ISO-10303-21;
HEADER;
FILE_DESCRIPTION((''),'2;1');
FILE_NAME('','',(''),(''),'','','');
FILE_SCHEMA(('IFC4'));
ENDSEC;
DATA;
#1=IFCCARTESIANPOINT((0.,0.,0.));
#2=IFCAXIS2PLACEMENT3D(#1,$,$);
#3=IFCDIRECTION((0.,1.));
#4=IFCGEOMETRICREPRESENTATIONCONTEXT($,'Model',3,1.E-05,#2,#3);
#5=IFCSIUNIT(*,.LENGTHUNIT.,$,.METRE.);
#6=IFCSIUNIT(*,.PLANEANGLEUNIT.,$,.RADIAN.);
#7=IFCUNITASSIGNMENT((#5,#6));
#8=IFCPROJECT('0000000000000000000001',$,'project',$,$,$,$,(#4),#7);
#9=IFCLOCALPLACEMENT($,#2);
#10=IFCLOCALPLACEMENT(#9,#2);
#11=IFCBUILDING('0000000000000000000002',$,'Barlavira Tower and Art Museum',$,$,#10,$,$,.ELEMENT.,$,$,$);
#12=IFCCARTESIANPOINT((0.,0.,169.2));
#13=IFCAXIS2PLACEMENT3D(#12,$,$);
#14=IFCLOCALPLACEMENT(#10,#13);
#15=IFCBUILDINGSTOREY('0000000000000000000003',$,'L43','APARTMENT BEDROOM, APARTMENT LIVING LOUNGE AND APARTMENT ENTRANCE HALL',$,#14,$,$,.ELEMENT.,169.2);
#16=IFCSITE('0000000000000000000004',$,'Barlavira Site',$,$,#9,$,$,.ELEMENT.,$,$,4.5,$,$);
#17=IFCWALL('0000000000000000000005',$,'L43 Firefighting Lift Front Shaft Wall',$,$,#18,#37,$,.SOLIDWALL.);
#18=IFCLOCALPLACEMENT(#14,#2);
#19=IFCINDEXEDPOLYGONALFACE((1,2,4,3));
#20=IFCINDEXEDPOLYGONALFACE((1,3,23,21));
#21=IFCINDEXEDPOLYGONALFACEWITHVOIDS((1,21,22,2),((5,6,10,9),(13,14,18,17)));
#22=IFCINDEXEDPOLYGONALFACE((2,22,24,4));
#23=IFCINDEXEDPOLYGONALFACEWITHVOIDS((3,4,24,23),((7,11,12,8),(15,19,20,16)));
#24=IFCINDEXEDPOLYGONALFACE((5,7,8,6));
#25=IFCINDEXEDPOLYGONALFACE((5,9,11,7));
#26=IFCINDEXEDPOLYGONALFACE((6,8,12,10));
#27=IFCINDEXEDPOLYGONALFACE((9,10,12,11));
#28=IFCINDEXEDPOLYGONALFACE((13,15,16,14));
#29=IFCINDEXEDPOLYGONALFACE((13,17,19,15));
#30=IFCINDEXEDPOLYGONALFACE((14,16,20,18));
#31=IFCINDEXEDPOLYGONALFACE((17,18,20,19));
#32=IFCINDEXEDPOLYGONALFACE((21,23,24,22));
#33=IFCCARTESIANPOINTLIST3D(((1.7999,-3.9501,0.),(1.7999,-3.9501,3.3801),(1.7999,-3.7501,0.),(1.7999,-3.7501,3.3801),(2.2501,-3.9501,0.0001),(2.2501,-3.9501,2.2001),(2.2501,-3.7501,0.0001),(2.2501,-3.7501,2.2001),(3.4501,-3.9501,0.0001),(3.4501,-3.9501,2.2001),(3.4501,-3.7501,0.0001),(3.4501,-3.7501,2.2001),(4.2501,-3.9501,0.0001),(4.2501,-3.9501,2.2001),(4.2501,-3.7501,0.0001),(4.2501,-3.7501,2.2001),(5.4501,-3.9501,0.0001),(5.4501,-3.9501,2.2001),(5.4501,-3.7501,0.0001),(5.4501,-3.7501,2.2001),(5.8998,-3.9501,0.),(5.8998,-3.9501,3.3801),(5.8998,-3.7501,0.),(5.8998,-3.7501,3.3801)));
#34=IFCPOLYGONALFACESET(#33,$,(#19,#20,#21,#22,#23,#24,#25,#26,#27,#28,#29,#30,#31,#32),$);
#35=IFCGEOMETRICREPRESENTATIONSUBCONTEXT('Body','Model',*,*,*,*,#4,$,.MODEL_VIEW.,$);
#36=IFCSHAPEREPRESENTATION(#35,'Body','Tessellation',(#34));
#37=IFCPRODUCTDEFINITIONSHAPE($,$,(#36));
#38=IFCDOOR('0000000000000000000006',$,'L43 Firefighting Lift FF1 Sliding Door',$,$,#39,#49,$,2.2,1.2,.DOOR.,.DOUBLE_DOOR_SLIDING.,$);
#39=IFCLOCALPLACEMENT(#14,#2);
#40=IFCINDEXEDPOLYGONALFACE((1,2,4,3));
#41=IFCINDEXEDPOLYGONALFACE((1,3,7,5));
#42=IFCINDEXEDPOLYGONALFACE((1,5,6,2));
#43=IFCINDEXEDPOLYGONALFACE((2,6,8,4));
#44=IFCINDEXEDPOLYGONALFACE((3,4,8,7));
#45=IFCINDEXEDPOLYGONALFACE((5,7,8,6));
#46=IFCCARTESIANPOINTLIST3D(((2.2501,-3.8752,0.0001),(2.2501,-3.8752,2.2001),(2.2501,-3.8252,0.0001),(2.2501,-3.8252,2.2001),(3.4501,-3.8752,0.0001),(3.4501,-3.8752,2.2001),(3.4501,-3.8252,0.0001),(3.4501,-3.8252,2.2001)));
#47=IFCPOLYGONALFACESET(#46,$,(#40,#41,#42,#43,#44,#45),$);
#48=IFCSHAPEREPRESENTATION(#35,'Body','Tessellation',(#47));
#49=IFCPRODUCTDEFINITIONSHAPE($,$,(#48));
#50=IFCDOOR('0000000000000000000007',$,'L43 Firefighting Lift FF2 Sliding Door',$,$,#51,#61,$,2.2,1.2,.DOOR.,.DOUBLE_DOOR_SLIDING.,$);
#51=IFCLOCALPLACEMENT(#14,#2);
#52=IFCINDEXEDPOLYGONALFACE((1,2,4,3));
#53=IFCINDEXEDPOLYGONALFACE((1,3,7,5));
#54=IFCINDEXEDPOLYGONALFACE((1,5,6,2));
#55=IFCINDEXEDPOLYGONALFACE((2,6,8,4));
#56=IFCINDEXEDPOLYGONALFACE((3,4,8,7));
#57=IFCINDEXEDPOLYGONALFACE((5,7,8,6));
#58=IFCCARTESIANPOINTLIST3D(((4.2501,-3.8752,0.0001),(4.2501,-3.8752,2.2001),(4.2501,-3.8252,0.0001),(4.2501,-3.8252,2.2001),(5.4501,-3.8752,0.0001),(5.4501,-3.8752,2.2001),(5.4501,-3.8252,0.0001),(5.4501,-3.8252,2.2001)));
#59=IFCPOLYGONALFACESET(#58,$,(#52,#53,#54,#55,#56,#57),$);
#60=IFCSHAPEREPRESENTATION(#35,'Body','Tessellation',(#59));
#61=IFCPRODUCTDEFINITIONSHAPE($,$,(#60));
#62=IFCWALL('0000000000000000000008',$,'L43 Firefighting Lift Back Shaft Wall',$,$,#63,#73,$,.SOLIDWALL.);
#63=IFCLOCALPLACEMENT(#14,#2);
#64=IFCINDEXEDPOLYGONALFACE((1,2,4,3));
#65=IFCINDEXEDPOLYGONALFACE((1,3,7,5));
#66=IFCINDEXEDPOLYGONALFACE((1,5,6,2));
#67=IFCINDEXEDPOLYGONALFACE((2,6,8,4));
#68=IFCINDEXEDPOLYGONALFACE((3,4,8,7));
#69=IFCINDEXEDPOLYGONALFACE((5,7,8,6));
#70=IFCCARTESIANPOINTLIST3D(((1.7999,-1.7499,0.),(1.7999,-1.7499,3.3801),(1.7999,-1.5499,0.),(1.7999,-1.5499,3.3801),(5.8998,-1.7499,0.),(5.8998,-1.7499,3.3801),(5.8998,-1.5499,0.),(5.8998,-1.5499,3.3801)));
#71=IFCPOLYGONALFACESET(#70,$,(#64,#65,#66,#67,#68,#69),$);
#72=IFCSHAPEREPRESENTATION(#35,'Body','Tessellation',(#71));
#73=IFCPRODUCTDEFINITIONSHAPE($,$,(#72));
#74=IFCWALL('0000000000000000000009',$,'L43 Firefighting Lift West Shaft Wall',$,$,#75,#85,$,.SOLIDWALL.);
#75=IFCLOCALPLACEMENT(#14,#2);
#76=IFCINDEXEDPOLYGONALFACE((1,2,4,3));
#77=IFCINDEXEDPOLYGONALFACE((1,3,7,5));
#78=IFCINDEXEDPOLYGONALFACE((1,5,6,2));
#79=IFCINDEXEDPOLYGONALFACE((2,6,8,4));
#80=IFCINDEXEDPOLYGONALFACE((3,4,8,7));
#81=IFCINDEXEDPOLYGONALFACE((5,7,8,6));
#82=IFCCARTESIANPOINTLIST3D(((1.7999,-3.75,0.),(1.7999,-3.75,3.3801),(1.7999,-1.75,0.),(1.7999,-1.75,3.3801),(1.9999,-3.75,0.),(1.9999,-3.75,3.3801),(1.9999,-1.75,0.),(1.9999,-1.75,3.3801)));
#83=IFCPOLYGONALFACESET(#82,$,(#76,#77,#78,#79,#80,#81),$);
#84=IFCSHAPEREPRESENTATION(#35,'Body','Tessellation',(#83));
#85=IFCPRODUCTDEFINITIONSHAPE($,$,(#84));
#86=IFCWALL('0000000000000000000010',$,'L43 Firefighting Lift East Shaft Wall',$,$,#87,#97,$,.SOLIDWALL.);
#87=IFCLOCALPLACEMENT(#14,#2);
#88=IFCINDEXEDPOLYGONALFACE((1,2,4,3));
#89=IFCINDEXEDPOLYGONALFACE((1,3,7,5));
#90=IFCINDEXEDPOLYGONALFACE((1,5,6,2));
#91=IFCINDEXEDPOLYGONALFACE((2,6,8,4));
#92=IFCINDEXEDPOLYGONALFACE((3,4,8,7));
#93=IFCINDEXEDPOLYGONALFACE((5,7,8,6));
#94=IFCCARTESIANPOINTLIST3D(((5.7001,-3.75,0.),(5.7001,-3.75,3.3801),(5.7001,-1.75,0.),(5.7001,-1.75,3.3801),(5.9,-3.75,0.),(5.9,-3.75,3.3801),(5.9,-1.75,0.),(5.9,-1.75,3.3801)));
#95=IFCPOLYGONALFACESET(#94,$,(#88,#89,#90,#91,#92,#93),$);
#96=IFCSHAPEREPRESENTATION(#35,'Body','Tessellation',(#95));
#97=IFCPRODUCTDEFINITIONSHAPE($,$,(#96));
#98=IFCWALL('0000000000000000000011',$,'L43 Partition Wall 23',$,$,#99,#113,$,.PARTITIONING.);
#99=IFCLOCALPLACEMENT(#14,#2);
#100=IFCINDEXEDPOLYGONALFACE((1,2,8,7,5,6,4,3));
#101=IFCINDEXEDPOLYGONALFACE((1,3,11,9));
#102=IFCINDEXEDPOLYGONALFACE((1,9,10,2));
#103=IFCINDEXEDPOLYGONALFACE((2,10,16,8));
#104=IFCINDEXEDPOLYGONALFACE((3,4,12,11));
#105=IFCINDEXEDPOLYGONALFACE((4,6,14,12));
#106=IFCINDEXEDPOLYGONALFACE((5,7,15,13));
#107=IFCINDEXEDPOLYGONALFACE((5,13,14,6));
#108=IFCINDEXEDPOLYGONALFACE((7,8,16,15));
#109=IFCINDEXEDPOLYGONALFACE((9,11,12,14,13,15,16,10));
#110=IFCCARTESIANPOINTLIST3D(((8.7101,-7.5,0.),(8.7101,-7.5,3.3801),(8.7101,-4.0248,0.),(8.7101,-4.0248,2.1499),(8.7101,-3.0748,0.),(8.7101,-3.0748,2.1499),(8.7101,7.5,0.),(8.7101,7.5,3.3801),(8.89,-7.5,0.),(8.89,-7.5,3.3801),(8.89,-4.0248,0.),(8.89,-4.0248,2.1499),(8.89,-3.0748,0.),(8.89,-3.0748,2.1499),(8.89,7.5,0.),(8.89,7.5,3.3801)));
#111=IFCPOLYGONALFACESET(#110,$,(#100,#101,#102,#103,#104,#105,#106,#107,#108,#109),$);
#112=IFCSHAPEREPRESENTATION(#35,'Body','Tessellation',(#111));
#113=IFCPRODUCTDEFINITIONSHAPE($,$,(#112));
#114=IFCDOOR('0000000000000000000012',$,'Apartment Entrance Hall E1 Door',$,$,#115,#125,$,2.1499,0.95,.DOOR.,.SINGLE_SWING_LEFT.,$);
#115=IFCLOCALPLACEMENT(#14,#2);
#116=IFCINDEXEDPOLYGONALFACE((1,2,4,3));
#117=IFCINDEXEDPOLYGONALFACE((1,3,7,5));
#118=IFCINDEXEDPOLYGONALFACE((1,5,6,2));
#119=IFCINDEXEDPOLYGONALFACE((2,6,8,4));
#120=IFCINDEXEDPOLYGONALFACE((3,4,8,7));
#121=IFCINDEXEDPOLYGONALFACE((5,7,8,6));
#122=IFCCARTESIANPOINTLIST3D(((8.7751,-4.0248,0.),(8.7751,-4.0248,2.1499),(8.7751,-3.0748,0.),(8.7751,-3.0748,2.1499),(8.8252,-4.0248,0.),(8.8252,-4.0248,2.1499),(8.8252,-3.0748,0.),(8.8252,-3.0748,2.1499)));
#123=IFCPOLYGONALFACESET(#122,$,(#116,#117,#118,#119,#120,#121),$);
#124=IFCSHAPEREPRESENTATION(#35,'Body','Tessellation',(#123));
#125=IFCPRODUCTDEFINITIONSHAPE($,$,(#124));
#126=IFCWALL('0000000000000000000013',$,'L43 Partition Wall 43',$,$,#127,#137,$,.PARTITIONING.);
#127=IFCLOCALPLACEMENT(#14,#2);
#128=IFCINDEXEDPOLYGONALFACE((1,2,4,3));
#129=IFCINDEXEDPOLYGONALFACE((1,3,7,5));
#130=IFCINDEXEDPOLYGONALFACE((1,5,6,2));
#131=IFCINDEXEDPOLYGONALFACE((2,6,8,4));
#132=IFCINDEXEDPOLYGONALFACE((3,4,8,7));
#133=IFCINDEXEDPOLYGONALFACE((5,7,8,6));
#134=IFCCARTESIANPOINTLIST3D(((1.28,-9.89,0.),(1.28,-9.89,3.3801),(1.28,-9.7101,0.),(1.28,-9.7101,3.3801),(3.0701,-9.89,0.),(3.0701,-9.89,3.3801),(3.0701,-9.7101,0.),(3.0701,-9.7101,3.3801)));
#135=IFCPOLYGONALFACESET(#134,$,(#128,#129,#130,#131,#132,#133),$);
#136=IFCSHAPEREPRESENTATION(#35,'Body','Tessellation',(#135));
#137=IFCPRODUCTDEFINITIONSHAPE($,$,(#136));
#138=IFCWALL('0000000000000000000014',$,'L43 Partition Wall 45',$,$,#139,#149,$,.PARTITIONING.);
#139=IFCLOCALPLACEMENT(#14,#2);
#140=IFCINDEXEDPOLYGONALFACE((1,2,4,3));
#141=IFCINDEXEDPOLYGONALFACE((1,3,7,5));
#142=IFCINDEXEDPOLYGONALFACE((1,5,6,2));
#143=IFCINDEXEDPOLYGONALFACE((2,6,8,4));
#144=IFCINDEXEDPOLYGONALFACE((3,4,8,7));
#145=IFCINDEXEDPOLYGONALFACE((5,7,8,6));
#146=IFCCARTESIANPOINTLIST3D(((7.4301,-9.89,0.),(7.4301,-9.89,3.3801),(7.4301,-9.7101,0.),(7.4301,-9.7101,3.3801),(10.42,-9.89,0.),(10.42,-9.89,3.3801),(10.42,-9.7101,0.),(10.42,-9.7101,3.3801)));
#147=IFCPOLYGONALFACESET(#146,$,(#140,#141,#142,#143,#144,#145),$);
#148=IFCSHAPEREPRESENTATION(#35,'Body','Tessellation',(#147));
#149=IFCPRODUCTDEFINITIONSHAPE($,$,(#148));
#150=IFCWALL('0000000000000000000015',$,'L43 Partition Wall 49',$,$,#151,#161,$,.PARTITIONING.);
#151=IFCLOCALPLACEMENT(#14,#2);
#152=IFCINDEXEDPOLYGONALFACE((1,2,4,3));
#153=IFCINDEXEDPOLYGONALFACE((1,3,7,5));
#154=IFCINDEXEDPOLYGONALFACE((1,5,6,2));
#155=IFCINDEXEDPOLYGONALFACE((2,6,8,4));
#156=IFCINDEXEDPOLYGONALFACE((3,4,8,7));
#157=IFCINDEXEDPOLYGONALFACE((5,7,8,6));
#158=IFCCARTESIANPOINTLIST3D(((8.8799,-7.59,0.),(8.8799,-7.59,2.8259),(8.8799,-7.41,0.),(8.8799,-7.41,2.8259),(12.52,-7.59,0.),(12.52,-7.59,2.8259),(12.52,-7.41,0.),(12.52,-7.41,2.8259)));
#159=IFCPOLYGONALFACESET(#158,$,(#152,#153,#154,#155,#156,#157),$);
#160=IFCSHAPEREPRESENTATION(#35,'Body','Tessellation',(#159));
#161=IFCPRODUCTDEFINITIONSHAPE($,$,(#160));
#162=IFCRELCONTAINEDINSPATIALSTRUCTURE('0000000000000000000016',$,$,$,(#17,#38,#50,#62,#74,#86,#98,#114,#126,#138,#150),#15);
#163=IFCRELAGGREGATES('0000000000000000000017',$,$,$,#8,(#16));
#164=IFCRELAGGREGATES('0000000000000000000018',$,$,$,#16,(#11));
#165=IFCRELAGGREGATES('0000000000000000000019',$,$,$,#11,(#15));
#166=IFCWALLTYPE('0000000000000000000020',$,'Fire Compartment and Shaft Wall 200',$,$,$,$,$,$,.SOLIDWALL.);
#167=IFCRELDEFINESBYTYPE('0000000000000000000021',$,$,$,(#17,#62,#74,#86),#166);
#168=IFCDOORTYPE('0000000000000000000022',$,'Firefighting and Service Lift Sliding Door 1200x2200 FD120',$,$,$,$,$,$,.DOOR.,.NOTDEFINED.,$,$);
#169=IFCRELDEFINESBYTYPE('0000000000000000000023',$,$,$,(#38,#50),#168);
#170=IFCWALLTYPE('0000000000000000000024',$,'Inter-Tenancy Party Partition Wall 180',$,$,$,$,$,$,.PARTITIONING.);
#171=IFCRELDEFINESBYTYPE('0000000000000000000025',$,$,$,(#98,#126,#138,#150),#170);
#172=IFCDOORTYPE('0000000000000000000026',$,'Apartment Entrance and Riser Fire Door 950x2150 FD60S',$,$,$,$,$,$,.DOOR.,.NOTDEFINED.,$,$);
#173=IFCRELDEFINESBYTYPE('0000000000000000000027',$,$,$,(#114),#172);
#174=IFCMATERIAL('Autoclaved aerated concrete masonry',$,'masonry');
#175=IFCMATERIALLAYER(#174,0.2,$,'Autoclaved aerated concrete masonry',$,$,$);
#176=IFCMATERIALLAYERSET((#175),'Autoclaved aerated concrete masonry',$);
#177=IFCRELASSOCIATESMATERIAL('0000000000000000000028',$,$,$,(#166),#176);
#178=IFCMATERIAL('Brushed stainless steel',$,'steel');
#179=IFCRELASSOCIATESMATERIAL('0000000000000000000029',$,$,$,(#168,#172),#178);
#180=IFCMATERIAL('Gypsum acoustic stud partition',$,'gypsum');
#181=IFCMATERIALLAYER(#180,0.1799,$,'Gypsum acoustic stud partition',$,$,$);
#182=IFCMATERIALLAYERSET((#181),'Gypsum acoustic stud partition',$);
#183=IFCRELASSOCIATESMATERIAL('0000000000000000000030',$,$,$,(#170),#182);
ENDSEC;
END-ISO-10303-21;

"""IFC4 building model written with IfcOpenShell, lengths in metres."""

from ifc_helpers import new_model, si_unit, direction, frame, frame_2d, origin, place, context, subcontext, project, spatial, rectangle, extrude, material, layer, layer_set, type_object, element, fill, save


model = new_model("IFC4")

# Units and contexts
model_context = context("Model", 3, precision=1e-05, world=origin(), true_north=direction((0.0, 1.0)))
body_context = subcontext(model_context, "Body", "Model", "MODEL_VIEW")
ifc_project = project(units=[si_unit("LENGTHUNIT", "METRE"), si_unit("PLANEANGLEUNIT", "RADIAN")], contexts=[model_context])

# Site, building, storey
site_placement = place(None, origin())
site = spatial("IfcSite", under=ifc_project, at=site_placement, Name="Barlavira Site", CompositionType="ELEMENT", RefElevation=4.5)
building_placement = place(site_placement, origin())
building = spatial("IfcBuilding", under=site, at=building_placement, Name="Barlavira Tower and Art Museum", CompositionType="ELEMENT")
storey_placement = place(building_placement, frame((0.0, 0.0, 169.2)))
storey = spatial("IfcBuildingStorey", under=building, at=storey_placement, Name="L43", Description="APARTMENT BEDROOM, APARTMENT LIVING LOUNGE AND APARTMENT ENTRANCE HALL", CompositionType="ELEMENT", Elevation=169.2)

# Shared definitions
ifc_material_1 = material(Name="Gypsum acoustic stud partition", Category="gypsum")

# Shared definitions
ifc_material_2 = material(Name="Brushed stainless steel", Category="steel")

# Wall, openings, doors
ifc_material_3 = material(Name="Autoclaved aerated concrete masonry", Category="masonry")
ifc_layer_1 = layer(ifc_material_3, 0.2, Name="Autoclaved aerated concrete masonry")
ifc_layer_set_1 = layer_set([ifc_layer_1], Name="Autoclaved aerated concrete masonry")
wall_type_1 = type_object("IfcWallType", Name="Fire Compartment and Shaft Wall 200", PredefinedType="SOLIDWALL", material=ifc_layer_set_1)
wall_1_placement = place(storey_placement, frame((1.8, -3.8501, 0.0), z_axis=(0.0, 0.0, 1.0), x_axis=(1.0, 0.0, 0.0)))
wall_1 = element("IfcWall", 1, at=wall_1_placement, inside=storey, type_object=wall_type_1, Name="L43 Firefighting Lift Front Shaft Wall", PredefinedType="SOLIDWALL", context=body_context, shape_type="SweptSolid", body=[
    extrude(rectangle(XDim=4.0999, YDim=0.2, at=frame_2d((2.0498, 0.0))), origin(), (0.0, 0.0, 1.0), 3.3801),
])
opening_1_placement = place(wall_1_placement, frame((0.45, 0.0, 0.0)))
opening_1 = element("IfcOpeningElement", 2, at=opening_1_placement, cuts=wall_1, PredefinedType="OPENING", context=body_context, shape_type="SweptSolid", body=[
    extrude(rectangle(XDim=1.2, YDim=2.2, at=frame_2d((0.6001, 1.1001))), frame((0.0, 0.1099, 0.0), z_axis=(0.0, -1.0, 0.0), x_axis=(1.0, 0.0, 0.0)), (0.0, 0.0, 1.0), 0.22),
])
opening_2_placement = place(wall_1_placement, frame((2.45, 0.0, 0.0)))
opening_2 = element("IfcOpeningElement", 3, at=opening_2_placement, cuts=wall_1, PredefinedType="OPENING", context=body_context, shape_type="SweptSolid", body=[
    extrude(rectangle(XDim=1.2, YDim=2.2, at=frame_2d((0.6001, 1.1001))), frame((0.0, 0.1099, 0.0), z_axis=(0.0, -1.0, 0.0), x_axis=(1.0, 0.0, 0.0)), (0.0, 0.0, 1.0), 0.22),
])
door_type_1 = type_object("IfcDoorType", Name="Firefighting and Service Lift Sliding Door 1200x2200 FD120", OperationType="NOTDEFINED", PredefinedType="DOOR", material=ifc_material_2)
door_1_placement = place(opening_1_placement, origin())
door_1 = element("IfcDoor", 4, at=door_1_placement, inside=storey, type_object=door_type_1, Name="L43 Firefighting Lift FF1 Sliding Door", OperationType="DOUBLE_DOOR_SLIDING", OverallHeight=2.2, OverallWidth=1.2, PredefinedType="DOOR", context=body_context, shape_type="SweptSolid", body=[
    extrude(rectangle(XDim=1.2, YDim=2.2, at=frame_2d((0.6001, 1.1001))), frame((0.0, 0.0249, 0.0), z_axis=(0.0, -1.0, 0.0), x_axis=(1.0, 0.0, 0.0)), (0.0, 0.0, 1.0), 0.05),
])
fill(opening_1, door_1)
door_2_placement = place(opening_2_placement, origin())
door_2 = element("IfcDoor", 5, at=door_2_placement, inside=storey, type_object=door_type_1, Name="L43 Firefighting Lift FF2 Sliding Door", OperationType="DOUBLE_DOOR_SLIDING", OverallHeight=2.2, OverallWidth=1.2, PredefinedType="DOOR", context=body_context, shape_type="SweptSolid", body=[
    extrude(rectangle(XDim=1.2, YDim=2.2, at=frame_2d((0.6001, 1.1001))), frame((0.0, 0.0249, 0.0), z_axis=(0.0, -1.0, 0.0), x_axis=(1.0, 0.0, 0.0)), (0.0, 0.0, 1.0), 0.05),
])
fill(opening_2, door_2)

# Walls
wall_2_placement = place(storey_placement, frame((1.8, -1.6499, 0.0), z_axis=(0.0, 0.0, 1.0), x_axis=(1.0, 0.0, 0.0)))
element("IfcWall", 6, at=wall_2_placement, inside=storey, type_object=wall_type_1, Name="L43 Firefighting Lift Back Shaft Wall", PredefinedType="SOLIDWALL", context=body_context, shape_type="SweptSolid", body=[
    extrude(rectangle(XDim=4.0999, YDim=0.2, at=frame_2d((2.0498, 0.0))), origin(), (0.0, 0.0, 1.0), 3.3801),
])
for number, where, z_axis, x_axis, name in (
    (7, (1.8999, -3.75, 0.0), (0.0, 0.0, 1.0), (0.0, 1.0, 0.0), "L43 Firefighting Lift West Shaft Wall"),
    (8, (5.8, -3.75, 0.0), (0.0, 0.0, 1.0), (0.0, 1.0, 0.0), "L43 Firefighting Lift East Shaft Wall"),
):
    element("IfcWall", number, at=place(storey_placement, frame(where, z_axis=z_axis, x_axis=x_axis)), inside=storey, type_object=wall_type_1, Name=name, PredefinedType="SOLIDWALL", context=body_context, shape_type="SweptSolid", body=[
        extrude(rectangle(XDim=2.0, YDim=0.2, at=frame_2d((1.0, 0.0))), origin(), (0.0, 0.0, 1.0), 3.3801),
    ])

# Wall, opening, door
ifc_layer_2 = layer(ifc_material_1, 0.1799, Name="Gypsum acoustic stud partition")
ifc_layer_set_2 = layer_set([ifc_layer_2], Name="Gypsum acoustic stud partition")
wall_type_2 = type_object("IfcWallType", Name="Inter-Tenancy Party Partition Wall 180", PredefinedType="PARTITIONING", material=ifc_layer_set_2)
wall_3_placement = place(storey_placement, frame((8.8, -7.5, 0.0), z_axis=(0.0, 0.0, 1.0), x_axis=(0.0, 1.0, 0.0)))
wall_3 = element("IfcWall", 9, at=wall_3_placement, inside=storey, type_object=wall_type_2, Name="L43 Partition Wall 23", PredefinedType="PARTITIONING", context=body_context, shape_type="SweptSolid", body=[
    extrude(rectangle(XDim=15.0, YDim=0.1799, at=frame_2d((7.5, 0.0))), origin(), (0.0, 0.0, 1.0), 3.3801),
])
opening_3_placement = place(wall_3_placement, frame((3.4751, 0.0, 0.0)))
opening_3 = element("IfcOpeningElement", 10, at=opening_3_placement, cuts=wall_3, PredefinedType="OPENING", context=body_context, shape_type="SweptSolid", body=[
    extrude(rectangle(XDim=0.95, YDim=2.1499, at=frame_2d((0.4751, 1.075))), frame((0.0, 0.1001, 0.0), z_axis=(0.0, -1.0, 0.0), x_axis=(1.0, 0.0, 0.0)), (0.0, 0.0, 1.0), 0.2),
])
door_type_2 = type_object("IfcDoorType", Name="Apartment Entrance and Riser Fire Door 950x2150 FD60S", OperationType="NOTDEFINED", PredefinedType="DOOR", material=ifc_material_2)
door_3_placement = place(opening_3_placement, origin())
door_3 = element("IfcDoor", 11, at=door_3_placement, inside=storey, type_object=door_type_2, Name="Apartment Entrance Hall E1 Door", OperationType="SINGLE_SWING_LEFT", OverallHeight=2.1499, OverallWidth=0.95, PredefinedType="DOOR", context=body_context, shape_type="SweptSolid", body=[
    extrude(rectangle(XDim=0.95, YDim=2.1499, at=frame_2d((0.4751, 1.075))), frame((0.0, 0.0249, 0.0), z_axis=(0.0, -1.0, 0.0), x_axis=(1.0, 0.0, 0.0)), (0.0, 0.0, 1.0), 0.05),
])
fill(opening_3, door_3)

# Wall
wall_4_placement = place(storey_placement, frame((1.28, -9.8, 0.0), z_axis=(0.0, 0.0, 1.0), x_axis=(1.0, 0.0, 0.0)))
element("IfcWall", 12, at=wall_4_placement, inside=storey, type_object=wall_type_2, Name="L43 Partition Wall 43", PredefinedType="PARTITIONING", context=body_context, shape_type="SweptSolid", body=[
    extrude(rectangle(XDim=1.79, YDim=0.1799, at=frame_2d((0.895, 0.0))), origin(), (0.0, 0.0, 1.0), 3.3801),
])

# Walls
wall_5_placement = place(storey_placement, frame((7.4299, -9.8, 0.0), z_axis=(0.0, 0.0, 1.0), x_axis=(1.0, 0.0, 0.0)))
element("IfcWall", 13, at=wall_5_placement, inside=storey, type_object=wall_type_2, Name="L43 Partition Wall 45", PredefinedType="PARTITIONING", context=body_context, shape_type="SweptSolid", body=[
    extrude(rectangle(XDim=2.99, YDim=0.1799, at=frame_2d((1.4951, 0.0))), origin(), (0.0, 0.0, 1.0), 3.3801),
])
wall_6_placement = place(storey_placement, frame((8.8799, -7.5, 0.0), z_axis=(0.0, 0.0, 1.0), x_axis=(1.0, 0.0, 0.0)))
element("IfcWall", 14, at=wall_6_placement, inside=storey, type_object=wall_type_2, Name="L43 Partition Wall 49", PredefinedType="PARTITIONING", context=body_context, shape_type="SweptSolid", body=[
    extrude(rectangle(XDim=3.6401, YDim=0.1799, at=frame_2d((1.8201, 0.0))), origin(), (0.0, 0.0, 1.0), 2.8259),
])

save(model, "model.ifc")
